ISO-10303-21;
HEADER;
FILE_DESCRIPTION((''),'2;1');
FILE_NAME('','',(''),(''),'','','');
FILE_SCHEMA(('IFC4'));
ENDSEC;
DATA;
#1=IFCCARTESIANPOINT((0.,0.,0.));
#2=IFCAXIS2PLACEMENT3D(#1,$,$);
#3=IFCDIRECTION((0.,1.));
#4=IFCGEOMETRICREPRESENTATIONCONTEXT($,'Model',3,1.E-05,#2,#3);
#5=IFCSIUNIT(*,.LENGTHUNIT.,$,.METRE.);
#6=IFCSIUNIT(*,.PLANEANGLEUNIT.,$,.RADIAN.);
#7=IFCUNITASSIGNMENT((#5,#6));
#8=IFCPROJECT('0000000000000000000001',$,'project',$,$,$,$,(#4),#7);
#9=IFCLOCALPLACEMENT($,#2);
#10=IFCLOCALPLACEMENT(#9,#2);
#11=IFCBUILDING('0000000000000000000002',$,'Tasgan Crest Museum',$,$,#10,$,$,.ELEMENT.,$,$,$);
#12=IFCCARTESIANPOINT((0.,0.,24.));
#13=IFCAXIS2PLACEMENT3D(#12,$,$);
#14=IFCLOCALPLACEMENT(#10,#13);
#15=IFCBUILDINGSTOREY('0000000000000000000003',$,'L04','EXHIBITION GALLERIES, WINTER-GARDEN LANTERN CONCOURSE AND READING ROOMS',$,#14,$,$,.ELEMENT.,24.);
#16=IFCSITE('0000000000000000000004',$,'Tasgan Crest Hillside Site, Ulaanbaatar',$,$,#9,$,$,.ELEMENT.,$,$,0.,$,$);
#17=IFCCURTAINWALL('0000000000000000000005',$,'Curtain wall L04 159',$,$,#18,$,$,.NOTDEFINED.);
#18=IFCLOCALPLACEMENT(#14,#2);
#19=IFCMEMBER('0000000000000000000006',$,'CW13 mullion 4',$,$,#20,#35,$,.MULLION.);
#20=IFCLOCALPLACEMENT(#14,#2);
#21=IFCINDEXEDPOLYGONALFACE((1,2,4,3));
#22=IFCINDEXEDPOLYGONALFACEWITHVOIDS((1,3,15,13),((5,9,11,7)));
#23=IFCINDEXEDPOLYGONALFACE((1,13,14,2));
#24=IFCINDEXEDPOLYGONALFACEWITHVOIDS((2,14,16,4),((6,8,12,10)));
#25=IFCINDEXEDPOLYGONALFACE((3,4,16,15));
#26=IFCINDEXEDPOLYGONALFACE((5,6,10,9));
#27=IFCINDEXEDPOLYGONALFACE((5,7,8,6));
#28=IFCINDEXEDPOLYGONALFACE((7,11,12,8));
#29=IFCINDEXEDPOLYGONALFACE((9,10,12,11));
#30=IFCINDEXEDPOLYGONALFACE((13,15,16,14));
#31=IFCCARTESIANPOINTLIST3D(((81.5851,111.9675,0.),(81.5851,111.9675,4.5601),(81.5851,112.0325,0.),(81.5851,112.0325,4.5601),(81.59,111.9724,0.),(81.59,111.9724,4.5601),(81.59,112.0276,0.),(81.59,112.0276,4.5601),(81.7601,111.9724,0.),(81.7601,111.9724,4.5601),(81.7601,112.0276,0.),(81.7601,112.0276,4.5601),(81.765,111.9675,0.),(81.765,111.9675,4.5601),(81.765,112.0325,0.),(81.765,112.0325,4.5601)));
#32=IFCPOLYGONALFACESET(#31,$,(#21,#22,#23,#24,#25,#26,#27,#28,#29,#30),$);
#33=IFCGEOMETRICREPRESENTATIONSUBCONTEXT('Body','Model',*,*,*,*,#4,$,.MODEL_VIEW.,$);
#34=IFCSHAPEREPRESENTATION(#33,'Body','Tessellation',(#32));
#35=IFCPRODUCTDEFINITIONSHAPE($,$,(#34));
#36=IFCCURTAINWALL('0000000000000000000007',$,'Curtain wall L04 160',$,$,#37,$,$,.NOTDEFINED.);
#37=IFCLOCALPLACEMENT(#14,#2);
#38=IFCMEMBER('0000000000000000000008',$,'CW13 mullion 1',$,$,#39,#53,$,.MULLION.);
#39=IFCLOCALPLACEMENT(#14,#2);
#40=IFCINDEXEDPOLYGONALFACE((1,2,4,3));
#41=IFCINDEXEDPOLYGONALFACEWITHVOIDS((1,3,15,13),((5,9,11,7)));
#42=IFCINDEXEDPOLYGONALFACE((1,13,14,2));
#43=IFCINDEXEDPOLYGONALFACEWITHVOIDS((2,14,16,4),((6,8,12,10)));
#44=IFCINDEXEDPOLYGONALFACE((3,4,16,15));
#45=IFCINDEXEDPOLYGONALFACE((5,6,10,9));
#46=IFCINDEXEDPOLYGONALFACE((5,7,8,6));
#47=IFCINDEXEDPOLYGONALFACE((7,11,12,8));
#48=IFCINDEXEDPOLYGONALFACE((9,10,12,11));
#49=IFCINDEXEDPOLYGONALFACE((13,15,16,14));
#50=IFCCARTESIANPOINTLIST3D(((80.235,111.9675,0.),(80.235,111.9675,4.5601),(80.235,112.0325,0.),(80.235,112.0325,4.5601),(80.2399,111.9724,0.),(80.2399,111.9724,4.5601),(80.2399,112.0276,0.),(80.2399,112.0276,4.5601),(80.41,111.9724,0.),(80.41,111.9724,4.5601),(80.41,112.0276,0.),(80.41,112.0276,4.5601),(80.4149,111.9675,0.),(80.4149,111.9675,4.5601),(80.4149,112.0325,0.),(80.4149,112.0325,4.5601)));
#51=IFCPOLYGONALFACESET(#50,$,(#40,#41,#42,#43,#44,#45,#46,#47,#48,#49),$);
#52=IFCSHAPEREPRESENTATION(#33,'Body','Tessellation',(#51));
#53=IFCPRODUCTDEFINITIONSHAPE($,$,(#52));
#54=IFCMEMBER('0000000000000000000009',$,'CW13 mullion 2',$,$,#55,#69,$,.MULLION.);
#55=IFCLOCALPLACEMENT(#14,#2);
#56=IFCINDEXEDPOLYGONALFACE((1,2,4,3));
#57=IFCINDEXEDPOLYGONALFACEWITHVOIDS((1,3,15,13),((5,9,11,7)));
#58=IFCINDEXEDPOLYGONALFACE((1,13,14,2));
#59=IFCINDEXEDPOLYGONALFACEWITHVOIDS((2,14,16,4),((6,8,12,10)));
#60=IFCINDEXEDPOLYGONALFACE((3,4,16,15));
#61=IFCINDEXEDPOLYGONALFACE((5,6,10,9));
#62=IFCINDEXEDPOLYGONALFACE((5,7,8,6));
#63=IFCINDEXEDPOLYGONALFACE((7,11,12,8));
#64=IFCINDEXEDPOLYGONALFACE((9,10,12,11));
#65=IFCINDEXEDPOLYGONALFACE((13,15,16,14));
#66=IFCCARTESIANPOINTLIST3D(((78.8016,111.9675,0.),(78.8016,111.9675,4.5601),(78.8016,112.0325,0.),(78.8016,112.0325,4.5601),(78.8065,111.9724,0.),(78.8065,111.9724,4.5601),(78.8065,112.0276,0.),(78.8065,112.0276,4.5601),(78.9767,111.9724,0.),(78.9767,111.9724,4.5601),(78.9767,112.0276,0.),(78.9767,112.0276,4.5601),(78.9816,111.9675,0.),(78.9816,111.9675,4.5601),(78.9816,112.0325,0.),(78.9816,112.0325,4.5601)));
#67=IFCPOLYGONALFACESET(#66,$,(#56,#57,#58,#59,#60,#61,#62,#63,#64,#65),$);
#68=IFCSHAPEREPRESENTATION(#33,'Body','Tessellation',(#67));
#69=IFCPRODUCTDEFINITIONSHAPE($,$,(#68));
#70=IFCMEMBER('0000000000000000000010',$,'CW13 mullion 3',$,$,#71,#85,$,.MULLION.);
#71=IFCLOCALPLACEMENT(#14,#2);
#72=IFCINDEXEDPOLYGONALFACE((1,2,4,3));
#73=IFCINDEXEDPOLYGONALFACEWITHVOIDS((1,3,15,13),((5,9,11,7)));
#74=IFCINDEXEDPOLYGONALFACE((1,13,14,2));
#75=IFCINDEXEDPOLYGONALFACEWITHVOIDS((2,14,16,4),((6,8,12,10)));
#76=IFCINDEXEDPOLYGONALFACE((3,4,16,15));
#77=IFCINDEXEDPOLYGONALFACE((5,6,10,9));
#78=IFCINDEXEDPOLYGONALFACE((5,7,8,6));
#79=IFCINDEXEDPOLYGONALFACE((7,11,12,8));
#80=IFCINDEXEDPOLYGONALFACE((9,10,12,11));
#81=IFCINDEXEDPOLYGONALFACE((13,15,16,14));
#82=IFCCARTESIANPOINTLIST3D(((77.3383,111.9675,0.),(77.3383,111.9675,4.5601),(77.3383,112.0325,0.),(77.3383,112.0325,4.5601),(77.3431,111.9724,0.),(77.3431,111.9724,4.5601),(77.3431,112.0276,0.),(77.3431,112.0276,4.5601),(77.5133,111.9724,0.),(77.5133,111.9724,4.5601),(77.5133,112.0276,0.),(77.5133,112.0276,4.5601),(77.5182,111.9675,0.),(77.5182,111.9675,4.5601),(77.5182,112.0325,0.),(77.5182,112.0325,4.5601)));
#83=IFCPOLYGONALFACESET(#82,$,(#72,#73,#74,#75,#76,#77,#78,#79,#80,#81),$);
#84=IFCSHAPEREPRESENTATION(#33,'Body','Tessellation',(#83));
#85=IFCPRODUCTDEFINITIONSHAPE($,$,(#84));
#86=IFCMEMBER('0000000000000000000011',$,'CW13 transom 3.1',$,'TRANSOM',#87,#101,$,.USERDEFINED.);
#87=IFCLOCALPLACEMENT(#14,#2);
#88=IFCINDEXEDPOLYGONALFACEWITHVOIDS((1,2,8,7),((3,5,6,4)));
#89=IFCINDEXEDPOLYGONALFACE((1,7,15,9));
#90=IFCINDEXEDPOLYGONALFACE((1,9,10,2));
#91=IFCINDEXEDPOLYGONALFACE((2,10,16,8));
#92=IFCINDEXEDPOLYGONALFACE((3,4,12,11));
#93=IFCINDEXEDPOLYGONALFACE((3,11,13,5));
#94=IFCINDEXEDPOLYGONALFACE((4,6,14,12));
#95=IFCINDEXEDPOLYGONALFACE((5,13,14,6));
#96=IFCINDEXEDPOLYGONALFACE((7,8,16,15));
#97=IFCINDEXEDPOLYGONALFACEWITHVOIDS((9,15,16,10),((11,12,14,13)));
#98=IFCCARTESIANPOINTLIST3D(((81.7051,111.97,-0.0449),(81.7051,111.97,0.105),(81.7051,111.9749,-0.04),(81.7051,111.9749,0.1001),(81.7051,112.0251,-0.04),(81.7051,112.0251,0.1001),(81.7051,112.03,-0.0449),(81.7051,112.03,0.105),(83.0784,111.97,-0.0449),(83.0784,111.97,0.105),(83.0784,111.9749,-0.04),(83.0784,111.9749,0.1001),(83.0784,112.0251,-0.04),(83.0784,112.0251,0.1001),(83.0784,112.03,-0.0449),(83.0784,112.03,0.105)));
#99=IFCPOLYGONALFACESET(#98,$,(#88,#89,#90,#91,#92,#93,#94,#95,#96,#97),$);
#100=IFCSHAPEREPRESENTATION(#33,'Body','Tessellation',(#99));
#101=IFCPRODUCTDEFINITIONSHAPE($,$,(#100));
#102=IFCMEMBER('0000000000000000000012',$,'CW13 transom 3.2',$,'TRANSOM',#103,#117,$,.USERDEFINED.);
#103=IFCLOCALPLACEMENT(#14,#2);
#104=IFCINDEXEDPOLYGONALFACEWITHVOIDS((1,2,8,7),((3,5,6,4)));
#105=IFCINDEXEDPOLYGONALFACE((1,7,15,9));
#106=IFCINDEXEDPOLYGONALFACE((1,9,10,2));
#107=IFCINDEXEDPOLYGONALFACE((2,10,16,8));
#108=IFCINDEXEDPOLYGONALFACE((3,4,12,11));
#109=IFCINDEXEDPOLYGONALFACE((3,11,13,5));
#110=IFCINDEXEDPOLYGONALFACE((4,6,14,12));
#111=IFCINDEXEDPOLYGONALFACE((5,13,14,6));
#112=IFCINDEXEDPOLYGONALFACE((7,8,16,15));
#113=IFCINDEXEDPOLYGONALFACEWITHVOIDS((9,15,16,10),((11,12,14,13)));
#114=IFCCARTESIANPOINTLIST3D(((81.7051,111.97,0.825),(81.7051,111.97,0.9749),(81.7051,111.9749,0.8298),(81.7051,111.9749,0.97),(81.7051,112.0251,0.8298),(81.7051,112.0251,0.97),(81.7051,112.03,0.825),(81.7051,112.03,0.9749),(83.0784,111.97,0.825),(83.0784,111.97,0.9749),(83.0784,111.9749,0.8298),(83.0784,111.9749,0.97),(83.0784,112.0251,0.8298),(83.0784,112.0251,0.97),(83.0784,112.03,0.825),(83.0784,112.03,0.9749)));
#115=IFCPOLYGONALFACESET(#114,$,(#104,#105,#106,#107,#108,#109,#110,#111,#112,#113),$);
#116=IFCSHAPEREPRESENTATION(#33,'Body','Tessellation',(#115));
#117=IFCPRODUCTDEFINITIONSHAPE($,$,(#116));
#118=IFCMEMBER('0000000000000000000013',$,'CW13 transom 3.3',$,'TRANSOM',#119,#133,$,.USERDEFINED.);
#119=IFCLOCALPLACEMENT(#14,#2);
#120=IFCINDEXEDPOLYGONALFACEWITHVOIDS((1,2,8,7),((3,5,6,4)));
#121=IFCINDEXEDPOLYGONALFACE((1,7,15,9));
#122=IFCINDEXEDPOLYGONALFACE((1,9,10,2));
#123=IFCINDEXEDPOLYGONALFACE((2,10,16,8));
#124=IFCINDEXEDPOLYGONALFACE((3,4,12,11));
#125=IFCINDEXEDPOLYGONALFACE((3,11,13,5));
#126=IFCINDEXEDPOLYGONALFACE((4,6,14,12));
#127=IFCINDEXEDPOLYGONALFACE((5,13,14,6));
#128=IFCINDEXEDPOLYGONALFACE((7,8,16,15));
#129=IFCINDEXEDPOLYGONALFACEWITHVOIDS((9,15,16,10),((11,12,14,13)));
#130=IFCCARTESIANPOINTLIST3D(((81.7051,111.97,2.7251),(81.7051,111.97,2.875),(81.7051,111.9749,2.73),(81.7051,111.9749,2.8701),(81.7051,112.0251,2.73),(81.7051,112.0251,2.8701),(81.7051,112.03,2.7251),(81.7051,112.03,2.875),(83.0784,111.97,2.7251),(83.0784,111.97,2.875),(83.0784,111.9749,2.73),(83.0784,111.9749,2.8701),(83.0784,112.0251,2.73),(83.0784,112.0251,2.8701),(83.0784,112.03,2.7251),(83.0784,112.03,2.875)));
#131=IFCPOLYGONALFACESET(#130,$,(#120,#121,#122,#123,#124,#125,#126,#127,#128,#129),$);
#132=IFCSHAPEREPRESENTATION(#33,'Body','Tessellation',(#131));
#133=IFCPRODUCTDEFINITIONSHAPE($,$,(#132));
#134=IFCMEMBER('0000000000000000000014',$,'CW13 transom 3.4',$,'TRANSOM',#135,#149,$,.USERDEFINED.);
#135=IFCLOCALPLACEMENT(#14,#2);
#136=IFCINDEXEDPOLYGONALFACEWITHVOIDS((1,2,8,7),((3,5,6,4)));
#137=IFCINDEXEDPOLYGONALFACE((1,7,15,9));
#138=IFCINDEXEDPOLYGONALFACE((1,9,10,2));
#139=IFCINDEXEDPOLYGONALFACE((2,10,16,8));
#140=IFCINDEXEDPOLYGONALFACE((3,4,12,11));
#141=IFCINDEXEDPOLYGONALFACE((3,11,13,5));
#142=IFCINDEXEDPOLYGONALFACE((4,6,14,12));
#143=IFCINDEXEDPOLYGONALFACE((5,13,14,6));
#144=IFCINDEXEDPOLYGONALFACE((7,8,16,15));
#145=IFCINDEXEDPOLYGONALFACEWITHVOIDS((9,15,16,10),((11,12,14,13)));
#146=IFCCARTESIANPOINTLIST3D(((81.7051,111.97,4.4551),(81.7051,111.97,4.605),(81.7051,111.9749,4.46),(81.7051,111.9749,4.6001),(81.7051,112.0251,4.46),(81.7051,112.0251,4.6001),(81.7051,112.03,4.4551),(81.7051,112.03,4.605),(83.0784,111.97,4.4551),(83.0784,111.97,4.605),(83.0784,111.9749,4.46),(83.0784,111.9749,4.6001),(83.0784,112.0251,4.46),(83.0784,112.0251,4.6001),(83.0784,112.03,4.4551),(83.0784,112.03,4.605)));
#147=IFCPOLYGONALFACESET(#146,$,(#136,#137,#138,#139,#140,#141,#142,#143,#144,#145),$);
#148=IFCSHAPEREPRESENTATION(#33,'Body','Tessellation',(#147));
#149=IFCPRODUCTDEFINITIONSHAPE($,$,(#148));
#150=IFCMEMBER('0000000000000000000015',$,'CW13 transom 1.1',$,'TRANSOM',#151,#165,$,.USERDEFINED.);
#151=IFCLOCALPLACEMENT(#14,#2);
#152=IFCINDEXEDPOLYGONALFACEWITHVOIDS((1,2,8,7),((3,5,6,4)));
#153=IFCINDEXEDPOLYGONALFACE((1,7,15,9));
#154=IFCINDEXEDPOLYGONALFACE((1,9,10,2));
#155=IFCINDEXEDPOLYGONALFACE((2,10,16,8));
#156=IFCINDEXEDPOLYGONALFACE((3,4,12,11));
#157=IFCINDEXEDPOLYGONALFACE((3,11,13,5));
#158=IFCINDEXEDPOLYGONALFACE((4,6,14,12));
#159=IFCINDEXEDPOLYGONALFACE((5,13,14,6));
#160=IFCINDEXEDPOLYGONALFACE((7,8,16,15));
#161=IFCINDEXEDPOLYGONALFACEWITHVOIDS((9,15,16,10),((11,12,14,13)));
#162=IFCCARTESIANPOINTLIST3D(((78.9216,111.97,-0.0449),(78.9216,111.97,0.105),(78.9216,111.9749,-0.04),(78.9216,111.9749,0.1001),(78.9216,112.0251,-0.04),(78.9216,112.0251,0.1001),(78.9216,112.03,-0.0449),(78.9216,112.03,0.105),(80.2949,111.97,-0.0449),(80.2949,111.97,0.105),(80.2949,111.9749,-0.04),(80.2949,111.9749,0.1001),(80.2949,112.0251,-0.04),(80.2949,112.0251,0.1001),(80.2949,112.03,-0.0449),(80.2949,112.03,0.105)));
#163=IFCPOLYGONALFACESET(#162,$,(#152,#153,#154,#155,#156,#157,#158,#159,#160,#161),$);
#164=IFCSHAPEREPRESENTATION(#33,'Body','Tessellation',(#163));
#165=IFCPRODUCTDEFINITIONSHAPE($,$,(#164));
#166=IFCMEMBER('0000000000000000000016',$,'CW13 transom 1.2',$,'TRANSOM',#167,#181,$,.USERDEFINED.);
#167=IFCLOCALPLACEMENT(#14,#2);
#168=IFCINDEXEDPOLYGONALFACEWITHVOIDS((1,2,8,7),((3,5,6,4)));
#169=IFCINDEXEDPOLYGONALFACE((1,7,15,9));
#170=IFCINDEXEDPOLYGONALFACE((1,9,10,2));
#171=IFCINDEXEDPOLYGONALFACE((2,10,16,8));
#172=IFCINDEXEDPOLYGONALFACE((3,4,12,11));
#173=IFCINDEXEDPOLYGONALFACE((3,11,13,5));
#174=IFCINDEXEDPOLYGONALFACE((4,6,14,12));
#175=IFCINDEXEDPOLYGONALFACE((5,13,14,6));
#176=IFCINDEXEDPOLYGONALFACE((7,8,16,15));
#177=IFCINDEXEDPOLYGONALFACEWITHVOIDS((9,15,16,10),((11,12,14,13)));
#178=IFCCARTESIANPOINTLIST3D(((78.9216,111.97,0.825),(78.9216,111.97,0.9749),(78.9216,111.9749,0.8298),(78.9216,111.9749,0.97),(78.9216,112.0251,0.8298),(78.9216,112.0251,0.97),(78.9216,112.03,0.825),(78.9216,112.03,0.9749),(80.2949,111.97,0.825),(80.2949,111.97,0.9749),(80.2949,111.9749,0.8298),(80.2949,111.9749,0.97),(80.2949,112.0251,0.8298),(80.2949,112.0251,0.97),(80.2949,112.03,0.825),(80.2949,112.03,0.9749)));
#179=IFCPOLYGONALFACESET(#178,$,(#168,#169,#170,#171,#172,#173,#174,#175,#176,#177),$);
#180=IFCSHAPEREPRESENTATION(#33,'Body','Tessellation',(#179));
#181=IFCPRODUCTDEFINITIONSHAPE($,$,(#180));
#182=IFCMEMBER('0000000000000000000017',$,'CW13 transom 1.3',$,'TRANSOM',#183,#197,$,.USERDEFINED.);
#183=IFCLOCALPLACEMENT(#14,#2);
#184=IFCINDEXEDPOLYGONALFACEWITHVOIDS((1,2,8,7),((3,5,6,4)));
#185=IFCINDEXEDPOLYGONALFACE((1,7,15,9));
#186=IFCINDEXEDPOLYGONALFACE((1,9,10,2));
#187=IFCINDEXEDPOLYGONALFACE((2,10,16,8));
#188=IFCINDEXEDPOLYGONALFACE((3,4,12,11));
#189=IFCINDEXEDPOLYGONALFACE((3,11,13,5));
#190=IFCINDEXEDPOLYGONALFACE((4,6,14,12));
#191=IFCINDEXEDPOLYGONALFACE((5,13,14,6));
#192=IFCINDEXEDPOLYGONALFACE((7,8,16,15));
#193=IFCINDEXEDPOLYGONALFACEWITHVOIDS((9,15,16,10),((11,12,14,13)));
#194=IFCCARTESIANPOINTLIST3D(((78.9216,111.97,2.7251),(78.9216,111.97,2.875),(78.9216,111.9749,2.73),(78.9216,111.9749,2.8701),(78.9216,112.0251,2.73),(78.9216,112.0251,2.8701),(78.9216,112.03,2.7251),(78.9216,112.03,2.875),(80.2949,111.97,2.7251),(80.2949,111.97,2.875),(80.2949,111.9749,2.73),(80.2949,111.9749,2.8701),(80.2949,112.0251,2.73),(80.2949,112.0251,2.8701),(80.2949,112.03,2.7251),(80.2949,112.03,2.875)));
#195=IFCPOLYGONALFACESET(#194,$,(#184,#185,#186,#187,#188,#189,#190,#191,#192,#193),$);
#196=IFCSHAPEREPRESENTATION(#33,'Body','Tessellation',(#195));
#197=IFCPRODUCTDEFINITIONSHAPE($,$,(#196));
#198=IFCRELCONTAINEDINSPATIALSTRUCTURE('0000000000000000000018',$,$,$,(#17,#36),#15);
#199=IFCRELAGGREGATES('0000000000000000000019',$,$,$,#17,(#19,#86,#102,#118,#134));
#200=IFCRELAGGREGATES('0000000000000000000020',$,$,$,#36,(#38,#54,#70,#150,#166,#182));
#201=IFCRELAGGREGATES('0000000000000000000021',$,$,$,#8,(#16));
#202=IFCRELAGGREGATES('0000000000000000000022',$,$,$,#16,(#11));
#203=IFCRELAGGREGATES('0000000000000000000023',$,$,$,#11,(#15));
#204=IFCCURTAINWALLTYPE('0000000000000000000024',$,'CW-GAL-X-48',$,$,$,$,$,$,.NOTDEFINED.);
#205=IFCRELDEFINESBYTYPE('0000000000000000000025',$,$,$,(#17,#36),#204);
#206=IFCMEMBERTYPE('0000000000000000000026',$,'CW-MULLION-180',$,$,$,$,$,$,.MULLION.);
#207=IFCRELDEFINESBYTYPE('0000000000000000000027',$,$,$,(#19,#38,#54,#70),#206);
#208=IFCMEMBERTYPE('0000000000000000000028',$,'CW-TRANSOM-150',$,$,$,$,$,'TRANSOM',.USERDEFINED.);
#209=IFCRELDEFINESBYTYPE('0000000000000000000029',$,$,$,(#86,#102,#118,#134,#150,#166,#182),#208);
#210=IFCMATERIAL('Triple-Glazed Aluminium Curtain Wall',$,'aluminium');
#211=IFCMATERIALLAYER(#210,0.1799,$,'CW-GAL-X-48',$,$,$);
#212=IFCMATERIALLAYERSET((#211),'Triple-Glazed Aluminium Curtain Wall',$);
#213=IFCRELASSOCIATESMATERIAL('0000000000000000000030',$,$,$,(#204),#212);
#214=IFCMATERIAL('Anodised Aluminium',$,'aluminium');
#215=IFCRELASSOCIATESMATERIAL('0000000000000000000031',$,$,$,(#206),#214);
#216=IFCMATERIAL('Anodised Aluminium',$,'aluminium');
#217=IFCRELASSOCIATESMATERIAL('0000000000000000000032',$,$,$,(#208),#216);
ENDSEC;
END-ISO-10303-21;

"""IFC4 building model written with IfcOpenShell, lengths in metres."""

from ifc_helpers import new_model, si_unit, direction, frame, origin, origin_2d, place, context, subcontext, project, spatial, hollow_rectangle, extrude, material, layer, layer_set, material_profile, profile_set, type_object, element, aggregate, save


model = new_model("IFC4")

# Units and contexts
model_context = context("Model", 3, precision=1e-05, world=origin(), true_north=direction((0.0, 1.0)))
body_context = subcontext(model_context, "Body", "Model", "MODEL_VIEW")
ifc_project = project(units=[si_unit("LENGTHUNIT", "METRE"), si_unit("PLANEANGLEUNIT", "RADIAN")], contexts=[model_context])

# Site, building, storey
site_placement = place(None, origin())
site = spatial("IfcSite", under=ifc_project, at=site_placement, Name="Tasgan Crest Hillside Site, Ulaanbaatar", CompositionType="ELEMENT", RefElevation=0.0)
building_placement = place(site_placement, origin())
building = spatial("IfcBuilding", under=site, at=building_placement, Name="Tasgan Crest Museum", CompositionType="ELEMENT")
storey_placement = place(building_placement, frame((0.0, 0.0, 24.0)))
storey = spatial("IfcBuildingStorey", under=building, at=storey_placement, Name="L04", Description="EXHIBITION GALLERIES, WINTER-GARDEN LANTERN CONCOURSE AND READING ROOMS", CompositionType="ELEMENT", Elevation=24.0)

# Curtain wall, member
ifc_material_1 = material(Name="Triple-Glazed Aluminium Curtain Wall", Category="aluminium")
ifc_layer_1 = layer(ifc_material_1, 0.1799, Name="CW-GAL-X-48")
ifc_layer_set_1 = layer_set([ifc_layer_1], Name="Triple-Glazed Aluminium Curtain Wall")
curtain_wall_type = type_object("IfcCurtainWallType", Name="CW-GAL-X-48", PredefinedType="NOTDEFINED", material=ifc_layer_set_1)
curtain_wall_1_placement = place(storey_placement, origin())
curtain_wall_1 = element("IfcCurtainWall", 1, at=curtain_wall_1_placement, inside=storey, type_object=curtain_wall_type, Name="Curtain wall L04 159", PredefinedType="NOTDEFINED")
ifc_material_2 = material(Name="Anodised Aluminium", Category="aluminium")
ifc_material_profile_1 = material_profile(ifc_material_2, hollow_rectangle(XDim=0.0649, YDim=0.1799, WallThickness=0.0049, at=origin_2d()), Name="ALU MULLION 180x65x5")
ifc_profile_set_1 = profile_set([ifc_material_profile_1], Name="Anodised Aluminium")
member_type_1 = type_object("IfcMemberType", Name="CW-MULLION-180", PredefinedType="MULLION", material=ifc_profile_set_1)
member_1_placement = place(storey_placement, frame((81.675, 112.0, 0.0), z_axis=(0.0, 0.0, 1.0), x_axis=(0.0, -1.0, 0.0)))
member_1 = element("IfcMember", 2, at=member_1_placement, type_object=member_type_1, Name="CW13 mullion 4", PredefinedType="MULLION", context=body_context, shape_type="SweptSolid", body=[
    extrude(hollow_rectangle(XDim=0.0649, YDim=0.1799, WallThickness=0.0049, at=origin_2d()), origin(), (0.0, 0.0, 1.0), 4.5601),
])

# Curtain wall, members
curtain_wall_2_placement = place(storey_placement, origin())
curtain_wall_2 = element("IfcCurtainWall", 3, at=curtain_wall_2_placement, inside=storey, type_object=curtain_wall_type, Name="Curtain wall L04 160", PredefinedType="NOTDEFINED")
member_2_placement = place(storey_placement, frame((80.325, 112.0, 0.0), z_axis=(0.0, 0.0, 1.0), x_axis=(0.0, -1.0, 0.0)))
member_2 = element("IfcMember", 4, at=member_2_placement, type_object=member_type_1, Name="CW13 mullion 1", PredefinedType="MULLION", context=body_context, shape_type="SweptSolid", body=[
    extrude(hollow_rectangle(XDim=0.0649, YDim=0.1799, WallThickness=0.0049, at=origin_2d()), origin(), (0.0, 0.0, 1.0), 4.5601),
])
member_3_placement = place(storey_placement, frame((78.8916, 112.0, 0.0), z_axis=(0.0, 0.0, 1.0), x_axis=(0.0, -1.0, 0.0)))
member_3 = element("IfcMember", 5, at=member_3_placement, type_object=member_type_1, Name="CW13 mullion 2", PredefinedType="MULLION", context=body_context, shape_type="SweptSolid", body=[
    extrude(hollow_rectangle(XDim=0.0649, YDim=0.1799, WallThickness=0.0049, at=origin_2d()), origin(), (0.0, 0.0, 1.0), 4.5601),
])
member_4_placement = place(storey_placement, frame((77.4282, 112.0, 0.0), z_axis=(0.0, 0.0, 1.0), x_axis=(0.0, -1.0, 0.0)))
member_4 = element("IfcMember", 6, at=member_4_placement, type_object=member_type_1, Name="CW13 mullion 3", PredefinedType="MULLION", context=body_context, shape_type="SweptSolid", body=[
    extrude(hollow_rectangle(XDim=0.0649, YDim=0.1799, WallThickness=0.0049, at=origin_2d()), origin(), (0.0, 0.0, 1.0), 4.5601),
])

# Members
ifc_material_3 = material(Name="Anodised Aluminium", Category="aluminium")
ifc_material_profile_2 = material_profile(ifc_material_3, hollow_rectangle(XDim=0.0601, YDim=0.1499, WallThickness=0.0049, at=origin_2d()), Name="ALU TRANSOM 150x60x5")
ifc_profile_set_2 = profile_set([ifc_material_profile_2], Name="Anodised Aluminium")
member_type_2 = type_object("IfcMemberType", Name="CW-TRANSOM-150", ElementType="TRANSOM", PredefinedType="USERDEFINED", material=ifc_profile_set_2)
member_5_placement = place(storey_placement, frame((83.0784, 112.0, 0.03), z_axis=(-1.0, 0.0, 0.0), x_axis=(0.0, -1.0, 0.0)))
member_5 = element("IfcMember", 7, at=member_5_placement, type_object=member_type_2, Name="CW13 transom 3.1", ObjectType="TRANSOM", PredefinedType="USERDEFINED", context=body_context, shape_type="SweptSolid", body=[
    extrude(hollow_rectangle(XDim=0.0601, YDim=0.1499, WallThickness=0.0049, at=origin_2d()), origin(), (0.0, 0.0, 1.0), 1.3733),
])
member_6_placement = place(storey_placement, frame((83.0784, 112.0, 0.8999), z_axis=(-1.0, 0.0, 0.0), x_axis=(0.0, -1.0, 0.0)))
member_6 = element("IfcMember", 8, at=member_6_placement, type_object=member_type_2, Name="CW13 transom 3.2", ObjectType="TRANSOM", PredefinedType="USERDEFINED", context=body_context, shape_type="SweptSolid", body=[
    extrude(hollow_rectangle(XDim=0.0601, YDim=0.1499, WallThickness=0.0049, at=origin_2d()), origin(), (0.0, 0.0, 1.0), 1.3733),
])
member_7_placement = place(storey_placement, frame((83.0784, 112.0, 2.8), z_axis=(-1.0, 0.0, 0.0), x_axis=(0.0, -1.0, 0.0)))
member_7 = element("IfcMember", 9, at=member_7_placement, type_object=member_type_2, Name="CW13 transom 3.3", ObjectType="TRANSOM", PredefinedType="USERDEFINED", context=body_context, shape_type="SweptSolid", body=[
    extrude(hollow_rectangle(XDim=0.0601, YDim=0.1499, WallThickness=0.0049, at=origin_2d()), origin(), (0.0, 0.0, 1.0), 1.3733),
])
member_8_placement = place(storey_placement, frame((83.0784, 112.0, 4.53), z_axis=(-1.0, 0.0, 0.0), x_axis=(0.0, -1.0, 0.0)))
member_8 = element("IfcMember", 10, at=member_8_placement, type_object=member_type_2, Name="CW13 transom 3.4", ObjectType="TRANSOM", PredefinedType="USERDEFINED", context=body_context, shape_type="SweptSolid", body=[
    extrude(hollow_rectangle(XDim=0.0601, YDim=0.1499, WallThickness=0.0049, at=origin_2d()), origin(), (0.0, 0.0, 1.0), 1.3733),
])
member_9_placement = place(storey_placement, frame((80.2949, 112.0, 0.03), z_axis=(-1.0, 0.0, 0.0), x_axis=(0.0, -1.0, 0.0)))
member_9 = element("IfcMember", 11, at=member_9_placement, type_object=member_type_2, Name="CW13 transom 1.1", ObjectType="TRANSOM", PredefinedType="USERDEFINED", context=body_context, shape_type="SweptSolid", body=[
    extrude(hollow_rectangle(XDim=0.0601, YDim=0.1499, WallThickness=0.0049, at=origin_2d()), origin(), (0.0, 0.0, 1.0), 1.3733),
])
member_10_placement = place(storey_placement, frame((80.2949, 112.0, 0.8999), z_axis=(-1.0, 0.0, 0.0), x_axis=(0.0, -1.0, 0.0)))
member_10 = element("IfcMember", 12, at=member_10_placement, type_object=member_type_2, Name="CW13 transom 1.2", ObjectType="TRANSOM", PredefinedType="USERDEFINED", context=body_context, shape_type="SweptSolid", body=[
    extrude(hollow_rectangle(XDim=0.0601, YDim=0.1499, WallThickness=0.0049, at=origin_2d()), origin(), (0.0, 0.0, 1.0), 1.3733),
])
member_11_placement = place(storey_placement, frame((80.2949, 112.0, 2.8), z_axis=(-1.0, 0.0, 0.0), x_axis=(0.0, -1.0, 0.0)))
member_11 = element("IfcMember", 13, at=member_11_placement, type_object=member_type_2, Name="CW13 transom 1.3", ObjectType="TRANSOM", PredefinedType="USERDEFINED", context=body_context, shape_type="SweptSolid", body=[
    extrude(hollow_rectangle(XDim=0.0601, YDim=0.1499, WallThickness=0.0049, at=origin_2d()), origin(), (0.0, 0.0, 1.0), 1.3733),
])

aggregate(curtain_wall_1, [member_1, member_5, member_6, member_7, member_8])
aggregate(curtain_wall_2, [member_2, member_3, member_4, member_9, member_10, member_11])

save(model, "model.ifc")
